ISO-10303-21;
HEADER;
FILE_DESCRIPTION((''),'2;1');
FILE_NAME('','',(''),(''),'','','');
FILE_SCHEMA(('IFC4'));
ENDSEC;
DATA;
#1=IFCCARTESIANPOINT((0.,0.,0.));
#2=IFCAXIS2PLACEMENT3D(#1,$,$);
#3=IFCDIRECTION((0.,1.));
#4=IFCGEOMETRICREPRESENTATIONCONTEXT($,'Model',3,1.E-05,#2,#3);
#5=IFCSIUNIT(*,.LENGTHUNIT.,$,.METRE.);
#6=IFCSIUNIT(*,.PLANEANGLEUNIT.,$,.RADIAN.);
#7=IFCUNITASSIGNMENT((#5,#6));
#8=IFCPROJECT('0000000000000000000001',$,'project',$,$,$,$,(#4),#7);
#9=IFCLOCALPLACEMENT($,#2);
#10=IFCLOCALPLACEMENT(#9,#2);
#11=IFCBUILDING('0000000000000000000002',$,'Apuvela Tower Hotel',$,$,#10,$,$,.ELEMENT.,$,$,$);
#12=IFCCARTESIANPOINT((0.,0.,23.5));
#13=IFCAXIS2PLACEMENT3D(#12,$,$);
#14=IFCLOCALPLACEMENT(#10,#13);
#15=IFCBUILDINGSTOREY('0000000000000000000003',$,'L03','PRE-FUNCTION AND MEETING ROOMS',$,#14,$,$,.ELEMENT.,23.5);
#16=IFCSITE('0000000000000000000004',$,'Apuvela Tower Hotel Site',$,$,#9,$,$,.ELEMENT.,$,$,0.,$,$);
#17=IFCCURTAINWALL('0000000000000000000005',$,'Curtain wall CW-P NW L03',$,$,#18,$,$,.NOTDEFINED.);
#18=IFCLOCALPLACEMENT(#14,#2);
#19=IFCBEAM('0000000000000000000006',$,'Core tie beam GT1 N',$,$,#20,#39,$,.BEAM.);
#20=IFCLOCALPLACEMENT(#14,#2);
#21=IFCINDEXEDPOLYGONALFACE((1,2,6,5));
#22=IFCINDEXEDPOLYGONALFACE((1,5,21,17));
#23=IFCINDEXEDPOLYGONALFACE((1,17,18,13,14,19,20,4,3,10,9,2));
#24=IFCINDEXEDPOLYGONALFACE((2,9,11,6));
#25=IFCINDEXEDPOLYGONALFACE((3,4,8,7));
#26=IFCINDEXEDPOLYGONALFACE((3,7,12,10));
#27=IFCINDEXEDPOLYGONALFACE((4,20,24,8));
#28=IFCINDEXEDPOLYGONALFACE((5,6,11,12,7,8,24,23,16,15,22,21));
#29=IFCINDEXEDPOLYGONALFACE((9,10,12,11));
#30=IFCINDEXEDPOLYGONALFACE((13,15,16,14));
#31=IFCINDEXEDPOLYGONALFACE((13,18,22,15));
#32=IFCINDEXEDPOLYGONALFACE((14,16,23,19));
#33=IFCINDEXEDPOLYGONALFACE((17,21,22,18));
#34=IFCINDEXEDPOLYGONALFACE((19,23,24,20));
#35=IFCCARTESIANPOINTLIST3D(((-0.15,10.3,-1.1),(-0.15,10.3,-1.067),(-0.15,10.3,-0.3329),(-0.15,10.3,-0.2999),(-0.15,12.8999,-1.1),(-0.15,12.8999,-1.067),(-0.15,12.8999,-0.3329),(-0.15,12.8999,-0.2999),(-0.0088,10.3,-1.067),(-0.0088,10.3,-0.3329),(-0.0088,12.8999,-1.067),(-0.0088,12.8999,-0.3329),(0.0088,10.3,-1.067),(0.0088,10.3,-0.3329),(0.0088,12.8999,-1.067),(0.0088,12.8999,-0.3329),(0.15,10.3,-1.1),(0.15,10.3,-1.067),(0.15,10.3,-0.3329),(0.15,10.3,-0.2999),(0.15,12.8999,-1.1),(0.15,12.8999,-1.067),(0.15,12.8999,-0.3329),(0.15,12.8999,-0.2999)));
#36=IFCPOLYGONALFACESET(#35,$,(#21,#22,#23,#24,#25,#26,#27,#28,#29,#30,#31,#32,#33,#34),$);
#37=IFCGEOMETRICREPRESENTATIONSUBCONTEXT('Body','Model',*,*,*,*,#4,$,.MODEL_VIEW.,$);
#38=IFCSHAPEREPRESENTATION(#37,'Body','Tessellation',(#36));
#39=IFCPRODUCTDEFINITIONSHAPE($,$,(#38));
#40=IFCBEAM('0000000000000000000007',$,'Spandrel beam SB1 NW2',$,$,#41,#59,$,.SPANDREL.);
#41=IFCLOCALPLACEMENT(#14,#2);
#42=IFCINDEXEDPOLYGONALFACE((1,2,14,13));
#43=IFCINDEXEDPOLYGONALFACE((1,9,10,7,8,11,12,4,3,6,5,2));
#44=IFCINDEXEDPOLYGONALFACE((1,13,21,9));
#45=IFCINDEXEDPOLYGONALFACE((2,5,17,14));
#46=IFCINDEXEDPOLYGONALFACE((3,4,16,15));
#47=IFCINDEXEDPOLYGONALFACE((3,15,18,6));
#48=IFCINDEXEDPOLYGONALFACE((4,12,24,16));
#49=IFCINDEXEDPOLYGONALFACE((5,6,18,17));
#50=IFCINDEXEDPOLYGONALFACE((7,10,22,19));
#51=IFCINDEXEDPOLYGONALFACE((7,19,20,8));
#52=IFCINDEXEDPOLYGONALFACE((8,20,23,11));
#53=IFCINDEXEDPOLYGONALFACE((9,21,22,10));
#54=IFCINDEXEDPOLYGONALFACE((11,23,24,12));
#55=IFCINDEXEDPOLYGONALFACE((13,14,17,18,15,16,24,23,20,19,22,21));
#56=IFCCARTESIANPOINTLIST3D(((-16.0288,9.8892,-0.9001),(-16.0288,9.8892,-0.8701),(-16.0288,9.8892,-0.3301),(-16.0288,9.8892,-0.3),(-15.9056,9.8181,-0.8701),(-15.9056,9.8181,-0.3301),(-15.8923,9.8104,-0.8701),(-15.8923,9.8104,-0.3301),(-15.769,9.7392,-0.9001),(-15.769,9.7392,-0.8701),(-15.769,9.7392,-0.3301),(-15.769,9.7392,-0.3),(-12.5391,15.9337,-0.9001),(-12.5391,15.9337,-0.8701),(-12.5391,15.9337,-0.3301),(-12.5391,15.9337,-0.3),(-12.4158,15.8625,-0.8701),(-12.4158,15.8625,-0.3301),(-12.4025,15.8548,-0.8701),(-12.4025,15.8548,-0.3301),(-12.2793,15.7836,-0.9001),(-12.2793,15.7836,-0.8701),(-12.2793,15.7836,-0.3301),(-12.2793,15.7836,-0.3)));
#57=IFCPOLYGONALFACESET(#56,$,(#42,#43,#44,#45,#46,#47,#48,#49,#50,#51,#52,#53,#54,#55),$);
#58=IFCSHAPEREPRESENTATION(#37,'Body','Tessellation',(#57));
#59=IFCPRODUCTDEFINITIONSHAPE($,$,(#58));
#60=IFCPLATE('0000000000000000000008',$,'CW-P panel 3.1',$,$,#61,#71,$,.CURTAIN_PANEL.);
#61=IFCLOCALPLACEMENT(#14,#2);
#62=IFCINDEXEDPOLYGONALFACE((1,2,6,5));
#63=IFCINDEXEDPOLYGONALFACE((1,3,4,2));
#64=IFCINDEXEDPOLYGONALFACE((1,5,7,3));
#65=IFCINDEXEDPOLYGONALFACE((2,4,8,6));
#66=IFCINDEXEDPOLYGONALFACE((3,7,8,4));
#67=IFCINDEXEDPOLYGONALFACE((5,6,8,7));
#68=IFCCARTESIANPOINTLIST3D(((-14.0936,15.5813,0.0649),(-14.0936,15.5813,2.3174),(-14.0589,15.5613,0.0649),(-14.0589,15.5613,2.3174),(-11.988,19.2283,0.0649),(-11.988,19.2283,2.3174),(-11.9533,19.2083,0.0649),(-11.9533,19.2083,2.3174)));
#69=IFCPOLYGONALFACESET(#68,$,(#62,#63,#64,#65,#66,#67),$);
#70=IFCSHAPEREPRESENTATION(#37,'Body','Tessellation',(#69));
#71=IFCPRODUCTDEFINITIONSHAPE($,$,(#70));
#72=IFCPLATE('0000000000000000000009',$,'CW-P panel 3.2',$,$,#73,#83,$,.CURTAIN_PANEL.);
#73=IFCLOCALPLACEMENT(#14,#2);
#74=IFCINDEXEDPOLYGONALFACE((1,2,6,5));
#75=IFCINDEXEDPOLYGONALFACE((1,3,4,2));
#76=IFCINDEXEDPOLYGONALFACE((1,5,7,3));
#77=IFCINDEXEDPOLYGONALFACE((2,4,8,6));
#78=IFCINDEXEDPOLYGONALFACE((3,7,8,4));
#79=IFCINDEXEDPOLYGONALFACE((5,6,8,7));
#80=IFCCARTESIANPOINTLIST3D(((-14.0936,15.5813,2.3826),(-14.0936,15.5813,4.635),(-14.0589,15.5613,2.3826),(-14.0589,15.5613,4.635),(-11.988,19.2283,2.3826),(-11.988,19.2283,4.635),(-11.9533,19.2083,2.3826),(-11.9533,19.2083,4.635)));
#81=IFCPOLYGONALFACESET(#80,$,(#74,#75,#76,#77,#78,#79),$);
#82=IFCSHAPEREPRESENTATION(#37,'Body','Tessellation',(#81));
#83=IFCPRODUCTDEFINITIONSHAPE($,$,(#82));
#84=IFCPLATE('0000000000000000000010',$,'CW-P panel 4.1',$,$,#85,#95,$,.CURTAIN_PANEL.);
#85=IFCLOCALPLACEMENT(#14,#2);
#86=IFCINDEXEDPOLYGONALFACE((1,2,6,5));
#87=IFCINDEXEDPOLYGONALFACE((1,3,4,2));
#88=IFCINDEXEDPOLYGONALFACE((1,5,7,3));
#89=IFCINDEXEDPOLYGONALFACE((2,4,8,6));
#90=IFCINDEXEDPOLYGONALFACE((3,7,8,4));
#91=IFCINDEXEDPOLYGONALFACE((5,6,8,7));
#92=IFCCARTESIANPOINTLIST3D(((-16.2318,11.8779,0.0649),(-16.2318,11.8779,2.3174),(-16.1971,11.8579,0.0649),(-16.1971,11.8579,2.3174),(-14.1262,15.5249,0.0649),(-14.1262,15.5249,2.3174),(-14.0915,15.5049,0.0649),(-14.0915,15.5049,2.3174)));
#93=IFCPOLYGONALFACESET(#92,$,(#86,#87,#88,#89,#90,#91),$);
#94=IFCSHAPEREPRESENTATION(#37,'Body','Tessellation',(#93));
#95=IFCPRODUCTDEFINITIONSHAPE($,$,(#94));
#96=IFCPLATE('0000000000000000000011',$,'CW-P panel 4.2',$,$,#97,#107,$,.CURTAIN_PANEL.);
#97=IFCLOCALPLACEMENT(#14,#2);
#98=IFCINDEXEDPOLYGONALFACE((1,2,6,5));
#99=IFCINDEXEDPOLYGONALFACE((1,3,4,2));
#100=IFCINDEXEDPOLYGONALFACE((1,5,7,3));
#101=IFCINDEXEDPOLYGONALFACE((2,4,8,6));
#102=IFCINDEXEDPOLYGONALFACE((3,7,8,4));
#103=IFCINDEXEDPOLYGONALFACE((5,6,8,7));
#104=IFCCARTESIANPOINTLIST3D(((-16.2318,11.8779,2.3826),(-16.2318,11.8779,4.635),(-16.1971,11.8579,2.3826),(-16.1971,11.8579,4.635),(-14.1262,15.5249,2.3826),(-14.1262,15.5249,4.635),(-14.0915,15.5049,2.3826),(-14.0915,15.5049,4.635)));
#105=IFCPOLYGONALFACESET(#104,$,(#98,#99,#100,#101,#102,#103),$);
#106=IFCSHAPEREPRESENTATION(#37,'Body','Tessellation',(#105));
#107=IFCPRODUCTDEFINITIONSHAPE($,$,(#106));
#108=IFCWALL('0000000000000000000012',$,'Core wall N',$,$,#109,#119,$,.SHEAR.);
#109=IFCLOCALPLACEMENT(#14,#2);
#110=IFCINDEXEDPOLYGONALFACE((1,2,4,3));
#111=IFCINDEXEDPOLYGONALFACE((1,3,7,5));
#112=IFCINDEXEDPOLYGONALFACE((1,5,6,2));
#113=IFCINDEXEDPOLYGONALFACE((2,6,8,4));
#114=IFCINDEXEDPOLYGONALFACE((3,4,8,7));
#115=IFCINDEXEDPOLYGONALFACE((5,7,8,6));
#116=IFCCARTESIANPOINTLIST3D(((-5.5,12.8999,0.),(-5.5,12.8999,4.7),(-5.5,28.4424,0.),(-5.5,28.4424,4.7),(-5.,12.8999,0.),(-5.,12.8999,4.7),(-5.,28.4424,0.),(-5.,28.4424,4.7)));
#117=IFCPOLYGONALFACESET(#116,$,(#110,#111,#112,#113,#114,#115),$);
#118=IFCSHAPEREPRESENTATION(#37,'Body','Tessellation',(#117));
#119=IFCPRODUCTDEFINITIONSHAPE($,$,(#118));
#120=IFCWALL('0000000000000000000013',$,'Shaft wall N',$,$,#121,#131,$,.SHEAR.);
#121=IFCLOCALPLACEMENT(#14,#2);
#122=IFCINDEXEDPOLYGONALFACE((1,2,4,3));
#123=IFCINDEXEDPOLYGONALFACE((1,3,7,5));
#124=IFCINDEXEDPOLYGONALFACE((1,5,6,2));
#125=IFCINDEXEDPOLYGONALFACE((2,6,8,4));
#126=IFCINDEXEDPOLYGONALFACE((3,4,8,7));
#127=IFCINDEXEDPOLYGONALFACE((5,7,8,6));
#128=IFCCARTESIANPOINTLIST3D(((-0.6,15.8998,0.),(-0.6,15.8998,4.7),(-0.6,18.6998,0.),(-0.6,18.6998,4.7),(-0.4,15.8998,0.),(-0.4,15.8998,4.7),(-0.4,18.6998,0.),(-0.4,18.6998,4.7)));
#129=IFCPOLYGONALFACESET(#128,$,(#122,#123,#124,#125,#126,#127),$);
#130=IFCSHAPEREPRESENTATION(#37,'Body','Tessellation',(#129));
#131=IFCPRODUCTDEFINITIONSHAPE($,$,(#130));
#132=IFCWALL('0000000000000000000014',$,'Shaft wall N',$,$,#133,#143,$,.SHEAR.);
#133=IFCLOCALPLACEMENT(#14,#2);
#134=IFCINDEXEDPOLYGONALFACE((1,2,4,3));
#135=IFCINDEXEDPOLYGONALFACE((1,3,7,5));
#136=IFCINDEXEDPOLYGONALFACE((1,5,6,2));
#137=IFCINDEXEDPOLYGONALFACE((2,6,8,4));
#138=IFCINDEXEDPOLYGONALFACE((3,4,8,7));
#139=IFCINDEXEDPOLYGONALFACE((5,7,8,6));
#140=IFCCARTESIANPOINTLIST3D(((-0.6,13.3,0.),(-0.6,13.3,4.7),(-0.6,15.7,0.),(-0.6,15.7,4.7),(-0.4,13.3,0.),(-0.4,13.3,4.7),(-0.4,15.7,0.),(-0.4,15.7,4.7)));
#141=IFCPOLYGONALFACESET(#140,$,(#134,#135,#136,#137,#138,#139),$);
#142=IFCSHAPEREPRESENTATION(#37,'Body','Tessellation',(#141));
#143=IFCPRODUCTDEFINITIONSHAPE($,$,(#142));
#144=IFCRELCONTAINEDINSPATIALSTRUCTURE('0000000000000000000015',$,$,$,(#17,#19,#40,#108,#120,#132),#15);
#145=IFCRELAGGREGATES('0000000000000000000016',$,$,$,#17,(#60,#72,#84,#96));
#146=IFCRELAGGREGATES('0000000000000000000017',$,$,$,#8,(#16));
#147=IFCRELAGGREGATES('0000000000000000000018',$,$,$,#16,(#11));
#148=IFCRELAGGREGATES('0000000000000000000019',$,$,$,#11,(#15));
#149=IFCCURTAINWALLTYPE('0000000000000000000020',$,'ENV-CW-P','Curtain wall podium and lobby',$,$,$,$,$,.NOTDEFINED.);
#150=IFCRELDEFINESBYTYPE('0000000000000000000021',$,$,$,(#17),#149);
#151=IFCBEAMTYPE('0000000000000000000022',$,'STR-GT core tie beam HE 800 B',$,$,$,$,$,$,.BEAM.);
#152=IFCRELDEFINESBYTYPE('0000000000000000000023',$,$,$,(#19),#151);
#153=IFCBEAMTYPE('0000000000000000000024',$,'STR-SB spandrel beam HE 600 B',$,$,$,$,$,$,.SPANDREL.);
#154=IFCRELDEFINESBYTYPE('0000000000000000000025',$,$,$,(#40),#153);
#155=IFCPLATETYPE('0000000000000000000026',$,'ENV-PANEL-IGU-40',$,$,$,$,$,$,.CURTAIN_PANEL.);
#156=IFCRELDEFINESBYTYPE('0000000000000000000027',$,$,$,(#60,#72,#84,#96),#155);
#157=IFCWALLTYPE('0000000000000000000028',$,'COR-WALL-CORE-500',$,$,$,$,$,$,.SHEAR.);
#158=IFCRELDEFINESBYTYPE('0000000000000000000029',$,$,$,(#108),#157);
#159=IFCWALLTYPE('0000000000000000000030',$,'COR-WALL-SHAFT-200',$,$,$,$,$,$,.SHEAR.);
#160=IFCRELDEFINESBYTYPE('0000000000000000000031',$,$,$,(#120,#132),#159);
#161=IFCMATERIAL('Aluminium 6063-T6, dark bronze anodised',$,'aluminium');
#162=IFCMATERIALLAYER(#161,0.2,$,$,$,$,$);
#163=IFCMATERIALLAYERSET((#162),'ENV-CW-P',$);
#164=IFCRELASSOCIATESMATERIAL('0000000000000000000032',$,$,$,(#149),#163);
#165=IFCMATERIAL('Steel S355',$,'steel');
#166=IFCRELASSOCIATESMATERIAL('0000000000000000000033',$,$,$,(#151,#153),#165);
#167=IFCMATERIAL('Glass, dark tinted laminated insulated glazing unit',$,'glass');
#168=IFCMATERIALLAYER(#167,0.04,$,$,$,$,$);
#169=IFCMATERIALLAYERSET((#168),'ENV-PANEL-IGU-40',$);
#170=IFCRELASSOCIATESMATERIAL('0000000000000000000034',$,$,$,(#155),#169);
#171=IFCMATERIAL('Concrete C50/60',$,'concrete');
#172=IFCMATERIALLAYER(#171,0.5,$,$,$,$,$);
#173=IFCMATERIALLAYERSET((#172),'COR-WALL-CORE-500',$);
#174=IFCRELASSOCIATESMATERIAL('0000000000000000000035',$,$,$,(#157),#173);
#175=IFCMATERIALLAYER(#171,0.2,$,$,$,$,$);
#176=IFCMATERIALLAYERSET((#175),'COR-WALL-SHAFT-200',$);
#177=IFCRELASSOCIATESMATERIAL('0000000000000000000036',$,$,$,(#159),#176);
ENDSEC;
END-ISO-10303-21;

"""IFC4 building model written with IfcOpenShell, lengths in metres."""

from ifc_helpers import new_model, si_unit, direction, frame, frame_2d, origin, origin_2d, place, context, subcontext, project, spatial, rectangle, i_section, extrude, material, layer, layer_set, material_profile, profile_set, type_object, element, aggregate, save


model = new_model("IFC4")

# Units and contexts
model_context = context("Model", 3, precision=1e-05, world=origin(), true_north=direction((0.0, 1.0)))
body_context = subcontext(model_context, "Body", "Model", "MODEL_VIEW")
ifc_project = project(units=[si_unit("LENGTHUNIT", "METRE"), si_unit("PLANEANGLEUNIT", "RADIAN")], contexts=[model_context])

# Site, building, storey
site_placement = place(None, origin())
site = spatial("IfcSite", under=ifc_project, at=site_placement, Name="Apuvela Tower Hotel Site", CompositionType="ELEMENT", RefElevation=0.0)
building_placement = place(site_placement, origin())
building = spatial("IfcBuilding", under=site, at=building_placement, Name="Apuvela Tower Hotel", CompositionType="ELEMENT")
storey_placement = place(building_placement, frame((0.0, 0.0, 23.5)))
storey = spatial("IfcBuildingStorey", under=building, at=storey_placement, Name="L03", Description="PRE-FUNCTION AND MEETING ROOMS", CompositionType="ELEMENT", Elevation=23.5)

# Curtain wall
ifc_material_1 = material(Name="Aluminium 6063-T6, dark bronze anodised", Category="aluminium")
ifc_layer_1 = layer(ifc_material_1, 0.2)
ifc_layer_set_1 = layer_set([ifc_layer_1], Name="ENV-CW-P")
curtain_wall_type = type_object("IfcCurtainWallType", Name="ENV-CW-P", Description="Curtain wall podium and lobby", PredefinedType="NOTDEFINED", material=ifc_layer_set_1)
curtain_wall_placement = place(storey_placement, origin())
curtain_wall = element("IfcCurtainWall", 1, at=curtain_wall_placement, inside=storey, type_object=curtain_wall_type, Name="Curtain wall CW-P NW L03", PredefinedType="NOTDEFINED")

# Beams
ifc_material_2 = material(Name="Steel S355", Category="steel")
ifc_material_profile_1 = material_profile(ifc_material_2, i_section(OverallWidth=0.3, OverallDepth=0.8, WebThickness=0.0176, FlangeThickness=0.033, at=origin_2d()), Name="HE 800 B")
ifc_profile_set_1 = profile_set([ifc_material_profile_1], Name="Steel S355")
beam_type_1 = type_object("IfcBeamType", Name="STR-GT core tie beam HE 800 B", PredefinedType="BEAM", material=ifc_profile_set_1)
beam_1_placement = place(storey_placement, frame((0.0, 12.8999, -0.7), z_axis=(0.0, -1.0, 0.0), x_axis=(1.0, 0.0, 0.0)))
element("IfcBeam", 2, at=beam_1_placement, inside=storey, type_object=beam_type_1, Name="Core tie beam GT1 N", PredefinedType="BEAM", context=body_context, shape_type="SweptSolid", body=[
    extrude(i_section(OverallWidth=0.3, OverallDepth=0.8, WebThickness=0.0176, FlangeThickness=0.033, at=origin_2d()), origin(), (0.0, 0.0, 1.0), 2.5999),
])
ifc_material_profile_2 = material_profile(ifc_material_2, i_section(OverallWidth=0.3, OverallDepth=0.6001, WebThickness=0.0154, FlangeThickness=0.03, at=origin_2d()), Name="HE 600 B")
ifc_profile_set_2 = profile_set([ifc_material_profile_2], Name="Steel S355")
beam_type_2 = type_object("IfcBeamType", Name="STR-SB spandrel beam HE 600 B", PredefinedType="SPANDREL", material=ifc_profile_set_2)
beam_2_placement = place(storey_placement, frame((-12.4092, 15.8586, -0.6001), z_axis=(-0.499999, -0.866026, 0.0), x_axis=(0.866026, -0.499999, 0.0)))
element("IfcBeam", 3, at=beam_2_placement, inside=storey, type_object=beam_type_2, Name="Spandrel beam SB1 NW2", PredefinedType="SPANDREL", context=body_context, shape_type="SweptSolid", body=[
    extrude(i_section(OverallWidth=0.3, OverallDepth=0.6001, WebThickness=0.0154, FlangeThickness=0.03, at=origin_2d()), origin(), (0.0, 0.0, 1.0), 6.9795),
])

# Plates
ifc_material_3 = material(Name="Glass, dark tinted laminated insulated glazing unit", Category="glass")
ifc_layer_2 = layer(ifc_material_3, 0.04)
ifc_layer_set_2 = layer_set([ifc_layer_2], Name="ENV-PANEL-IGU-40")
plate_type = type_object("IfcPlateType", Name="ENV-PANEL-IGU-40", PredefinedType="CURTAIN_PANEL", material=ifc_layer_set_2)
plate_1_placement = place(storey_placement, frame((-13.0234, 17.3948, 0.0649), z_axis=(0.0, 0.0, 1.0), x_axis=(-0.5, -0.866026, 0.0)))
plate_1 = element("IfcPlate", 4, at=plate_1_placement, type_object=plate_type, Name="CW-P panel 3.1", PredefinedType="CURTAIN_PANEL", context=body_context, shape_type="SweptSolid", body=[
    extrude(rectangle(XDim=4.2112, YDim=0.04, at=origin_2d()), origin(), (0.0, 0.0, 1.0), 2.2524),
])
plate_2_placement = place(storey_placement, frame((-13.0234, 17.3948, 2.3826), z_axis=(0.0, 0.0, 1.0), x_axis=(-0.5, -0.866026, 0.0)))
plate_2 = element("IfcPlate", 5, at=plate_2_placement, type_object=plate_type, Name="CW-P panel 3.2", PredefinedType="CURTAIN_PANEL", context=body_context, shape_type="SweptSolid", body=[
    extrude(rectangle(XDim=4.2112, YDim=0.04, at=origin_2d()), origin(), (0.0, 0.0, 1.0), 2.2524),
])
plate_3_placement = place(storey_placement, frame((-15.1616, 13.6914, 0.0649), z_axis=(0.0, 0.0, 1.0), x_axis=(-0.5, -0.866026, 0.0)))
plate_3 = element("IfcPlate", 6, at=plate_3_placement, type_object=plate_type, Name="CW-P panel 4.1", PredefinedType="CURTAIN_PANEL", context=body_context, shape_type="SweptSolid", body=[
    extrude(rectangle(XDim=4.2112, YDim=0.04, at=origin_2d()), origin(), (0.0, 0.0, 1.0), 2.2524),
])
plate_4_placement = place(storey_placement, frame((-15.1616, 13.6914, 2.3826), z_axis=(0.0, 0.0, 1.0), x_axis=(-0.5, -0.866026, 0.0)))
plate_4 = element("IfcPlate", 7, at=plate_4_placement, type_object=plate_type, Name="CW-P panel 4.2", PredefinedType="CURTAIN_PANEL", context=body_context, shape_type="SweptSolid", body=[
    extrude(rectangle(XDim=4.2112, YDim=0.04, at=origin_2d()), origin(), (0.0, 0.0, 1.0), 2.2524),
])
aggregate(curtain_wall, [plate_1, plate_2, plate_3, plate_4])

# Walls
ifc_material_4 = material(Name="Concrete C50/60", Category="concrete")
ifc_layer_3 = layer(ifc_material_4, 0.5)
ifc_layer_set_3 = layer_set([ifc_layer_3], Name="COR-WALL-CORE-500")
wall_type_1 = type_object("IfcWallType", Name="COR-WALL-CORE-500", PredefinedType="SHEAR", material=ifc_layer_set_3)
wall_1_placement = place(storey_placement, frame((-5.25, 12.8999, 0.0), z_axis=(0.0, 0.0, 1.0), x_axis=(0.0, 1.0, 0.0)))
element("IfcWall", 8, at=wall_1_placement, inside=storey, type_object=wall_type_1, Name="Core wall N", PredefinedType="SHEAR", context=body_context, shape_type="SweptSolid", body=[
    extrude(rectangle(XDim=15.5425, YDim=0.5, at=frame_2d((7.7712, 0.0))), origin(), (0.0, 0.0, 1.0), 4.7),
])
ifc_layer_4 = layer(ifc_material_4, 0.2)
ifc_layer_set_4 = layer_set([ifc_layer_4], Name="COR-WALL-SHAFT-200")
wall_type_2 = type_object("IfcWallType", Name="COR-WALL-SHAFT-200", PredefinedType="SHEAR", material=ifc_layer_set_4)
wall_2_placement = place(storey_placement, frame((-0.5, 15.8999, 0.0), z_axis=(0.0, 0.0, 1.0), x_axis=(0.0, 1.0, 0.0)))
element("IfcWall", 9, at=wall_2_placement, inside=storey, type_object=wall_type_2, Name="Shaft wall N", PredefinedType="SHEAR", context=body_context, shape_type="SweptSolid", body=[
    extrude(rectangle(XDim=2.8, YDim=0.2, at=frame_2d((1.3999, 0.0))), origin(), (0.0, 0.0, 1.0), 4.7),
])
wall_3_placement = place(storey_placement, frame((-0.5, 13.3, 0.0), z_axis=(0.0, 0.0, 1.0), x_axis=(0.0, 1.0, 0.0)))
element("IfcWall", 10, at=wall_3_placement, inside=storey, type_object=wall_type_2, Name="Shaft wall N", PredefinedType="SHEAR", context=body_context, shape_type="SweptSolid", body=[
    extrude(rectangle(XDim=2.3999, YDim=0.2, at=frame_2d((1.2, 0.0))), origin(), (0.0, 0.0, 1.0), 4.7),
])

save(model, "model.ifc")
